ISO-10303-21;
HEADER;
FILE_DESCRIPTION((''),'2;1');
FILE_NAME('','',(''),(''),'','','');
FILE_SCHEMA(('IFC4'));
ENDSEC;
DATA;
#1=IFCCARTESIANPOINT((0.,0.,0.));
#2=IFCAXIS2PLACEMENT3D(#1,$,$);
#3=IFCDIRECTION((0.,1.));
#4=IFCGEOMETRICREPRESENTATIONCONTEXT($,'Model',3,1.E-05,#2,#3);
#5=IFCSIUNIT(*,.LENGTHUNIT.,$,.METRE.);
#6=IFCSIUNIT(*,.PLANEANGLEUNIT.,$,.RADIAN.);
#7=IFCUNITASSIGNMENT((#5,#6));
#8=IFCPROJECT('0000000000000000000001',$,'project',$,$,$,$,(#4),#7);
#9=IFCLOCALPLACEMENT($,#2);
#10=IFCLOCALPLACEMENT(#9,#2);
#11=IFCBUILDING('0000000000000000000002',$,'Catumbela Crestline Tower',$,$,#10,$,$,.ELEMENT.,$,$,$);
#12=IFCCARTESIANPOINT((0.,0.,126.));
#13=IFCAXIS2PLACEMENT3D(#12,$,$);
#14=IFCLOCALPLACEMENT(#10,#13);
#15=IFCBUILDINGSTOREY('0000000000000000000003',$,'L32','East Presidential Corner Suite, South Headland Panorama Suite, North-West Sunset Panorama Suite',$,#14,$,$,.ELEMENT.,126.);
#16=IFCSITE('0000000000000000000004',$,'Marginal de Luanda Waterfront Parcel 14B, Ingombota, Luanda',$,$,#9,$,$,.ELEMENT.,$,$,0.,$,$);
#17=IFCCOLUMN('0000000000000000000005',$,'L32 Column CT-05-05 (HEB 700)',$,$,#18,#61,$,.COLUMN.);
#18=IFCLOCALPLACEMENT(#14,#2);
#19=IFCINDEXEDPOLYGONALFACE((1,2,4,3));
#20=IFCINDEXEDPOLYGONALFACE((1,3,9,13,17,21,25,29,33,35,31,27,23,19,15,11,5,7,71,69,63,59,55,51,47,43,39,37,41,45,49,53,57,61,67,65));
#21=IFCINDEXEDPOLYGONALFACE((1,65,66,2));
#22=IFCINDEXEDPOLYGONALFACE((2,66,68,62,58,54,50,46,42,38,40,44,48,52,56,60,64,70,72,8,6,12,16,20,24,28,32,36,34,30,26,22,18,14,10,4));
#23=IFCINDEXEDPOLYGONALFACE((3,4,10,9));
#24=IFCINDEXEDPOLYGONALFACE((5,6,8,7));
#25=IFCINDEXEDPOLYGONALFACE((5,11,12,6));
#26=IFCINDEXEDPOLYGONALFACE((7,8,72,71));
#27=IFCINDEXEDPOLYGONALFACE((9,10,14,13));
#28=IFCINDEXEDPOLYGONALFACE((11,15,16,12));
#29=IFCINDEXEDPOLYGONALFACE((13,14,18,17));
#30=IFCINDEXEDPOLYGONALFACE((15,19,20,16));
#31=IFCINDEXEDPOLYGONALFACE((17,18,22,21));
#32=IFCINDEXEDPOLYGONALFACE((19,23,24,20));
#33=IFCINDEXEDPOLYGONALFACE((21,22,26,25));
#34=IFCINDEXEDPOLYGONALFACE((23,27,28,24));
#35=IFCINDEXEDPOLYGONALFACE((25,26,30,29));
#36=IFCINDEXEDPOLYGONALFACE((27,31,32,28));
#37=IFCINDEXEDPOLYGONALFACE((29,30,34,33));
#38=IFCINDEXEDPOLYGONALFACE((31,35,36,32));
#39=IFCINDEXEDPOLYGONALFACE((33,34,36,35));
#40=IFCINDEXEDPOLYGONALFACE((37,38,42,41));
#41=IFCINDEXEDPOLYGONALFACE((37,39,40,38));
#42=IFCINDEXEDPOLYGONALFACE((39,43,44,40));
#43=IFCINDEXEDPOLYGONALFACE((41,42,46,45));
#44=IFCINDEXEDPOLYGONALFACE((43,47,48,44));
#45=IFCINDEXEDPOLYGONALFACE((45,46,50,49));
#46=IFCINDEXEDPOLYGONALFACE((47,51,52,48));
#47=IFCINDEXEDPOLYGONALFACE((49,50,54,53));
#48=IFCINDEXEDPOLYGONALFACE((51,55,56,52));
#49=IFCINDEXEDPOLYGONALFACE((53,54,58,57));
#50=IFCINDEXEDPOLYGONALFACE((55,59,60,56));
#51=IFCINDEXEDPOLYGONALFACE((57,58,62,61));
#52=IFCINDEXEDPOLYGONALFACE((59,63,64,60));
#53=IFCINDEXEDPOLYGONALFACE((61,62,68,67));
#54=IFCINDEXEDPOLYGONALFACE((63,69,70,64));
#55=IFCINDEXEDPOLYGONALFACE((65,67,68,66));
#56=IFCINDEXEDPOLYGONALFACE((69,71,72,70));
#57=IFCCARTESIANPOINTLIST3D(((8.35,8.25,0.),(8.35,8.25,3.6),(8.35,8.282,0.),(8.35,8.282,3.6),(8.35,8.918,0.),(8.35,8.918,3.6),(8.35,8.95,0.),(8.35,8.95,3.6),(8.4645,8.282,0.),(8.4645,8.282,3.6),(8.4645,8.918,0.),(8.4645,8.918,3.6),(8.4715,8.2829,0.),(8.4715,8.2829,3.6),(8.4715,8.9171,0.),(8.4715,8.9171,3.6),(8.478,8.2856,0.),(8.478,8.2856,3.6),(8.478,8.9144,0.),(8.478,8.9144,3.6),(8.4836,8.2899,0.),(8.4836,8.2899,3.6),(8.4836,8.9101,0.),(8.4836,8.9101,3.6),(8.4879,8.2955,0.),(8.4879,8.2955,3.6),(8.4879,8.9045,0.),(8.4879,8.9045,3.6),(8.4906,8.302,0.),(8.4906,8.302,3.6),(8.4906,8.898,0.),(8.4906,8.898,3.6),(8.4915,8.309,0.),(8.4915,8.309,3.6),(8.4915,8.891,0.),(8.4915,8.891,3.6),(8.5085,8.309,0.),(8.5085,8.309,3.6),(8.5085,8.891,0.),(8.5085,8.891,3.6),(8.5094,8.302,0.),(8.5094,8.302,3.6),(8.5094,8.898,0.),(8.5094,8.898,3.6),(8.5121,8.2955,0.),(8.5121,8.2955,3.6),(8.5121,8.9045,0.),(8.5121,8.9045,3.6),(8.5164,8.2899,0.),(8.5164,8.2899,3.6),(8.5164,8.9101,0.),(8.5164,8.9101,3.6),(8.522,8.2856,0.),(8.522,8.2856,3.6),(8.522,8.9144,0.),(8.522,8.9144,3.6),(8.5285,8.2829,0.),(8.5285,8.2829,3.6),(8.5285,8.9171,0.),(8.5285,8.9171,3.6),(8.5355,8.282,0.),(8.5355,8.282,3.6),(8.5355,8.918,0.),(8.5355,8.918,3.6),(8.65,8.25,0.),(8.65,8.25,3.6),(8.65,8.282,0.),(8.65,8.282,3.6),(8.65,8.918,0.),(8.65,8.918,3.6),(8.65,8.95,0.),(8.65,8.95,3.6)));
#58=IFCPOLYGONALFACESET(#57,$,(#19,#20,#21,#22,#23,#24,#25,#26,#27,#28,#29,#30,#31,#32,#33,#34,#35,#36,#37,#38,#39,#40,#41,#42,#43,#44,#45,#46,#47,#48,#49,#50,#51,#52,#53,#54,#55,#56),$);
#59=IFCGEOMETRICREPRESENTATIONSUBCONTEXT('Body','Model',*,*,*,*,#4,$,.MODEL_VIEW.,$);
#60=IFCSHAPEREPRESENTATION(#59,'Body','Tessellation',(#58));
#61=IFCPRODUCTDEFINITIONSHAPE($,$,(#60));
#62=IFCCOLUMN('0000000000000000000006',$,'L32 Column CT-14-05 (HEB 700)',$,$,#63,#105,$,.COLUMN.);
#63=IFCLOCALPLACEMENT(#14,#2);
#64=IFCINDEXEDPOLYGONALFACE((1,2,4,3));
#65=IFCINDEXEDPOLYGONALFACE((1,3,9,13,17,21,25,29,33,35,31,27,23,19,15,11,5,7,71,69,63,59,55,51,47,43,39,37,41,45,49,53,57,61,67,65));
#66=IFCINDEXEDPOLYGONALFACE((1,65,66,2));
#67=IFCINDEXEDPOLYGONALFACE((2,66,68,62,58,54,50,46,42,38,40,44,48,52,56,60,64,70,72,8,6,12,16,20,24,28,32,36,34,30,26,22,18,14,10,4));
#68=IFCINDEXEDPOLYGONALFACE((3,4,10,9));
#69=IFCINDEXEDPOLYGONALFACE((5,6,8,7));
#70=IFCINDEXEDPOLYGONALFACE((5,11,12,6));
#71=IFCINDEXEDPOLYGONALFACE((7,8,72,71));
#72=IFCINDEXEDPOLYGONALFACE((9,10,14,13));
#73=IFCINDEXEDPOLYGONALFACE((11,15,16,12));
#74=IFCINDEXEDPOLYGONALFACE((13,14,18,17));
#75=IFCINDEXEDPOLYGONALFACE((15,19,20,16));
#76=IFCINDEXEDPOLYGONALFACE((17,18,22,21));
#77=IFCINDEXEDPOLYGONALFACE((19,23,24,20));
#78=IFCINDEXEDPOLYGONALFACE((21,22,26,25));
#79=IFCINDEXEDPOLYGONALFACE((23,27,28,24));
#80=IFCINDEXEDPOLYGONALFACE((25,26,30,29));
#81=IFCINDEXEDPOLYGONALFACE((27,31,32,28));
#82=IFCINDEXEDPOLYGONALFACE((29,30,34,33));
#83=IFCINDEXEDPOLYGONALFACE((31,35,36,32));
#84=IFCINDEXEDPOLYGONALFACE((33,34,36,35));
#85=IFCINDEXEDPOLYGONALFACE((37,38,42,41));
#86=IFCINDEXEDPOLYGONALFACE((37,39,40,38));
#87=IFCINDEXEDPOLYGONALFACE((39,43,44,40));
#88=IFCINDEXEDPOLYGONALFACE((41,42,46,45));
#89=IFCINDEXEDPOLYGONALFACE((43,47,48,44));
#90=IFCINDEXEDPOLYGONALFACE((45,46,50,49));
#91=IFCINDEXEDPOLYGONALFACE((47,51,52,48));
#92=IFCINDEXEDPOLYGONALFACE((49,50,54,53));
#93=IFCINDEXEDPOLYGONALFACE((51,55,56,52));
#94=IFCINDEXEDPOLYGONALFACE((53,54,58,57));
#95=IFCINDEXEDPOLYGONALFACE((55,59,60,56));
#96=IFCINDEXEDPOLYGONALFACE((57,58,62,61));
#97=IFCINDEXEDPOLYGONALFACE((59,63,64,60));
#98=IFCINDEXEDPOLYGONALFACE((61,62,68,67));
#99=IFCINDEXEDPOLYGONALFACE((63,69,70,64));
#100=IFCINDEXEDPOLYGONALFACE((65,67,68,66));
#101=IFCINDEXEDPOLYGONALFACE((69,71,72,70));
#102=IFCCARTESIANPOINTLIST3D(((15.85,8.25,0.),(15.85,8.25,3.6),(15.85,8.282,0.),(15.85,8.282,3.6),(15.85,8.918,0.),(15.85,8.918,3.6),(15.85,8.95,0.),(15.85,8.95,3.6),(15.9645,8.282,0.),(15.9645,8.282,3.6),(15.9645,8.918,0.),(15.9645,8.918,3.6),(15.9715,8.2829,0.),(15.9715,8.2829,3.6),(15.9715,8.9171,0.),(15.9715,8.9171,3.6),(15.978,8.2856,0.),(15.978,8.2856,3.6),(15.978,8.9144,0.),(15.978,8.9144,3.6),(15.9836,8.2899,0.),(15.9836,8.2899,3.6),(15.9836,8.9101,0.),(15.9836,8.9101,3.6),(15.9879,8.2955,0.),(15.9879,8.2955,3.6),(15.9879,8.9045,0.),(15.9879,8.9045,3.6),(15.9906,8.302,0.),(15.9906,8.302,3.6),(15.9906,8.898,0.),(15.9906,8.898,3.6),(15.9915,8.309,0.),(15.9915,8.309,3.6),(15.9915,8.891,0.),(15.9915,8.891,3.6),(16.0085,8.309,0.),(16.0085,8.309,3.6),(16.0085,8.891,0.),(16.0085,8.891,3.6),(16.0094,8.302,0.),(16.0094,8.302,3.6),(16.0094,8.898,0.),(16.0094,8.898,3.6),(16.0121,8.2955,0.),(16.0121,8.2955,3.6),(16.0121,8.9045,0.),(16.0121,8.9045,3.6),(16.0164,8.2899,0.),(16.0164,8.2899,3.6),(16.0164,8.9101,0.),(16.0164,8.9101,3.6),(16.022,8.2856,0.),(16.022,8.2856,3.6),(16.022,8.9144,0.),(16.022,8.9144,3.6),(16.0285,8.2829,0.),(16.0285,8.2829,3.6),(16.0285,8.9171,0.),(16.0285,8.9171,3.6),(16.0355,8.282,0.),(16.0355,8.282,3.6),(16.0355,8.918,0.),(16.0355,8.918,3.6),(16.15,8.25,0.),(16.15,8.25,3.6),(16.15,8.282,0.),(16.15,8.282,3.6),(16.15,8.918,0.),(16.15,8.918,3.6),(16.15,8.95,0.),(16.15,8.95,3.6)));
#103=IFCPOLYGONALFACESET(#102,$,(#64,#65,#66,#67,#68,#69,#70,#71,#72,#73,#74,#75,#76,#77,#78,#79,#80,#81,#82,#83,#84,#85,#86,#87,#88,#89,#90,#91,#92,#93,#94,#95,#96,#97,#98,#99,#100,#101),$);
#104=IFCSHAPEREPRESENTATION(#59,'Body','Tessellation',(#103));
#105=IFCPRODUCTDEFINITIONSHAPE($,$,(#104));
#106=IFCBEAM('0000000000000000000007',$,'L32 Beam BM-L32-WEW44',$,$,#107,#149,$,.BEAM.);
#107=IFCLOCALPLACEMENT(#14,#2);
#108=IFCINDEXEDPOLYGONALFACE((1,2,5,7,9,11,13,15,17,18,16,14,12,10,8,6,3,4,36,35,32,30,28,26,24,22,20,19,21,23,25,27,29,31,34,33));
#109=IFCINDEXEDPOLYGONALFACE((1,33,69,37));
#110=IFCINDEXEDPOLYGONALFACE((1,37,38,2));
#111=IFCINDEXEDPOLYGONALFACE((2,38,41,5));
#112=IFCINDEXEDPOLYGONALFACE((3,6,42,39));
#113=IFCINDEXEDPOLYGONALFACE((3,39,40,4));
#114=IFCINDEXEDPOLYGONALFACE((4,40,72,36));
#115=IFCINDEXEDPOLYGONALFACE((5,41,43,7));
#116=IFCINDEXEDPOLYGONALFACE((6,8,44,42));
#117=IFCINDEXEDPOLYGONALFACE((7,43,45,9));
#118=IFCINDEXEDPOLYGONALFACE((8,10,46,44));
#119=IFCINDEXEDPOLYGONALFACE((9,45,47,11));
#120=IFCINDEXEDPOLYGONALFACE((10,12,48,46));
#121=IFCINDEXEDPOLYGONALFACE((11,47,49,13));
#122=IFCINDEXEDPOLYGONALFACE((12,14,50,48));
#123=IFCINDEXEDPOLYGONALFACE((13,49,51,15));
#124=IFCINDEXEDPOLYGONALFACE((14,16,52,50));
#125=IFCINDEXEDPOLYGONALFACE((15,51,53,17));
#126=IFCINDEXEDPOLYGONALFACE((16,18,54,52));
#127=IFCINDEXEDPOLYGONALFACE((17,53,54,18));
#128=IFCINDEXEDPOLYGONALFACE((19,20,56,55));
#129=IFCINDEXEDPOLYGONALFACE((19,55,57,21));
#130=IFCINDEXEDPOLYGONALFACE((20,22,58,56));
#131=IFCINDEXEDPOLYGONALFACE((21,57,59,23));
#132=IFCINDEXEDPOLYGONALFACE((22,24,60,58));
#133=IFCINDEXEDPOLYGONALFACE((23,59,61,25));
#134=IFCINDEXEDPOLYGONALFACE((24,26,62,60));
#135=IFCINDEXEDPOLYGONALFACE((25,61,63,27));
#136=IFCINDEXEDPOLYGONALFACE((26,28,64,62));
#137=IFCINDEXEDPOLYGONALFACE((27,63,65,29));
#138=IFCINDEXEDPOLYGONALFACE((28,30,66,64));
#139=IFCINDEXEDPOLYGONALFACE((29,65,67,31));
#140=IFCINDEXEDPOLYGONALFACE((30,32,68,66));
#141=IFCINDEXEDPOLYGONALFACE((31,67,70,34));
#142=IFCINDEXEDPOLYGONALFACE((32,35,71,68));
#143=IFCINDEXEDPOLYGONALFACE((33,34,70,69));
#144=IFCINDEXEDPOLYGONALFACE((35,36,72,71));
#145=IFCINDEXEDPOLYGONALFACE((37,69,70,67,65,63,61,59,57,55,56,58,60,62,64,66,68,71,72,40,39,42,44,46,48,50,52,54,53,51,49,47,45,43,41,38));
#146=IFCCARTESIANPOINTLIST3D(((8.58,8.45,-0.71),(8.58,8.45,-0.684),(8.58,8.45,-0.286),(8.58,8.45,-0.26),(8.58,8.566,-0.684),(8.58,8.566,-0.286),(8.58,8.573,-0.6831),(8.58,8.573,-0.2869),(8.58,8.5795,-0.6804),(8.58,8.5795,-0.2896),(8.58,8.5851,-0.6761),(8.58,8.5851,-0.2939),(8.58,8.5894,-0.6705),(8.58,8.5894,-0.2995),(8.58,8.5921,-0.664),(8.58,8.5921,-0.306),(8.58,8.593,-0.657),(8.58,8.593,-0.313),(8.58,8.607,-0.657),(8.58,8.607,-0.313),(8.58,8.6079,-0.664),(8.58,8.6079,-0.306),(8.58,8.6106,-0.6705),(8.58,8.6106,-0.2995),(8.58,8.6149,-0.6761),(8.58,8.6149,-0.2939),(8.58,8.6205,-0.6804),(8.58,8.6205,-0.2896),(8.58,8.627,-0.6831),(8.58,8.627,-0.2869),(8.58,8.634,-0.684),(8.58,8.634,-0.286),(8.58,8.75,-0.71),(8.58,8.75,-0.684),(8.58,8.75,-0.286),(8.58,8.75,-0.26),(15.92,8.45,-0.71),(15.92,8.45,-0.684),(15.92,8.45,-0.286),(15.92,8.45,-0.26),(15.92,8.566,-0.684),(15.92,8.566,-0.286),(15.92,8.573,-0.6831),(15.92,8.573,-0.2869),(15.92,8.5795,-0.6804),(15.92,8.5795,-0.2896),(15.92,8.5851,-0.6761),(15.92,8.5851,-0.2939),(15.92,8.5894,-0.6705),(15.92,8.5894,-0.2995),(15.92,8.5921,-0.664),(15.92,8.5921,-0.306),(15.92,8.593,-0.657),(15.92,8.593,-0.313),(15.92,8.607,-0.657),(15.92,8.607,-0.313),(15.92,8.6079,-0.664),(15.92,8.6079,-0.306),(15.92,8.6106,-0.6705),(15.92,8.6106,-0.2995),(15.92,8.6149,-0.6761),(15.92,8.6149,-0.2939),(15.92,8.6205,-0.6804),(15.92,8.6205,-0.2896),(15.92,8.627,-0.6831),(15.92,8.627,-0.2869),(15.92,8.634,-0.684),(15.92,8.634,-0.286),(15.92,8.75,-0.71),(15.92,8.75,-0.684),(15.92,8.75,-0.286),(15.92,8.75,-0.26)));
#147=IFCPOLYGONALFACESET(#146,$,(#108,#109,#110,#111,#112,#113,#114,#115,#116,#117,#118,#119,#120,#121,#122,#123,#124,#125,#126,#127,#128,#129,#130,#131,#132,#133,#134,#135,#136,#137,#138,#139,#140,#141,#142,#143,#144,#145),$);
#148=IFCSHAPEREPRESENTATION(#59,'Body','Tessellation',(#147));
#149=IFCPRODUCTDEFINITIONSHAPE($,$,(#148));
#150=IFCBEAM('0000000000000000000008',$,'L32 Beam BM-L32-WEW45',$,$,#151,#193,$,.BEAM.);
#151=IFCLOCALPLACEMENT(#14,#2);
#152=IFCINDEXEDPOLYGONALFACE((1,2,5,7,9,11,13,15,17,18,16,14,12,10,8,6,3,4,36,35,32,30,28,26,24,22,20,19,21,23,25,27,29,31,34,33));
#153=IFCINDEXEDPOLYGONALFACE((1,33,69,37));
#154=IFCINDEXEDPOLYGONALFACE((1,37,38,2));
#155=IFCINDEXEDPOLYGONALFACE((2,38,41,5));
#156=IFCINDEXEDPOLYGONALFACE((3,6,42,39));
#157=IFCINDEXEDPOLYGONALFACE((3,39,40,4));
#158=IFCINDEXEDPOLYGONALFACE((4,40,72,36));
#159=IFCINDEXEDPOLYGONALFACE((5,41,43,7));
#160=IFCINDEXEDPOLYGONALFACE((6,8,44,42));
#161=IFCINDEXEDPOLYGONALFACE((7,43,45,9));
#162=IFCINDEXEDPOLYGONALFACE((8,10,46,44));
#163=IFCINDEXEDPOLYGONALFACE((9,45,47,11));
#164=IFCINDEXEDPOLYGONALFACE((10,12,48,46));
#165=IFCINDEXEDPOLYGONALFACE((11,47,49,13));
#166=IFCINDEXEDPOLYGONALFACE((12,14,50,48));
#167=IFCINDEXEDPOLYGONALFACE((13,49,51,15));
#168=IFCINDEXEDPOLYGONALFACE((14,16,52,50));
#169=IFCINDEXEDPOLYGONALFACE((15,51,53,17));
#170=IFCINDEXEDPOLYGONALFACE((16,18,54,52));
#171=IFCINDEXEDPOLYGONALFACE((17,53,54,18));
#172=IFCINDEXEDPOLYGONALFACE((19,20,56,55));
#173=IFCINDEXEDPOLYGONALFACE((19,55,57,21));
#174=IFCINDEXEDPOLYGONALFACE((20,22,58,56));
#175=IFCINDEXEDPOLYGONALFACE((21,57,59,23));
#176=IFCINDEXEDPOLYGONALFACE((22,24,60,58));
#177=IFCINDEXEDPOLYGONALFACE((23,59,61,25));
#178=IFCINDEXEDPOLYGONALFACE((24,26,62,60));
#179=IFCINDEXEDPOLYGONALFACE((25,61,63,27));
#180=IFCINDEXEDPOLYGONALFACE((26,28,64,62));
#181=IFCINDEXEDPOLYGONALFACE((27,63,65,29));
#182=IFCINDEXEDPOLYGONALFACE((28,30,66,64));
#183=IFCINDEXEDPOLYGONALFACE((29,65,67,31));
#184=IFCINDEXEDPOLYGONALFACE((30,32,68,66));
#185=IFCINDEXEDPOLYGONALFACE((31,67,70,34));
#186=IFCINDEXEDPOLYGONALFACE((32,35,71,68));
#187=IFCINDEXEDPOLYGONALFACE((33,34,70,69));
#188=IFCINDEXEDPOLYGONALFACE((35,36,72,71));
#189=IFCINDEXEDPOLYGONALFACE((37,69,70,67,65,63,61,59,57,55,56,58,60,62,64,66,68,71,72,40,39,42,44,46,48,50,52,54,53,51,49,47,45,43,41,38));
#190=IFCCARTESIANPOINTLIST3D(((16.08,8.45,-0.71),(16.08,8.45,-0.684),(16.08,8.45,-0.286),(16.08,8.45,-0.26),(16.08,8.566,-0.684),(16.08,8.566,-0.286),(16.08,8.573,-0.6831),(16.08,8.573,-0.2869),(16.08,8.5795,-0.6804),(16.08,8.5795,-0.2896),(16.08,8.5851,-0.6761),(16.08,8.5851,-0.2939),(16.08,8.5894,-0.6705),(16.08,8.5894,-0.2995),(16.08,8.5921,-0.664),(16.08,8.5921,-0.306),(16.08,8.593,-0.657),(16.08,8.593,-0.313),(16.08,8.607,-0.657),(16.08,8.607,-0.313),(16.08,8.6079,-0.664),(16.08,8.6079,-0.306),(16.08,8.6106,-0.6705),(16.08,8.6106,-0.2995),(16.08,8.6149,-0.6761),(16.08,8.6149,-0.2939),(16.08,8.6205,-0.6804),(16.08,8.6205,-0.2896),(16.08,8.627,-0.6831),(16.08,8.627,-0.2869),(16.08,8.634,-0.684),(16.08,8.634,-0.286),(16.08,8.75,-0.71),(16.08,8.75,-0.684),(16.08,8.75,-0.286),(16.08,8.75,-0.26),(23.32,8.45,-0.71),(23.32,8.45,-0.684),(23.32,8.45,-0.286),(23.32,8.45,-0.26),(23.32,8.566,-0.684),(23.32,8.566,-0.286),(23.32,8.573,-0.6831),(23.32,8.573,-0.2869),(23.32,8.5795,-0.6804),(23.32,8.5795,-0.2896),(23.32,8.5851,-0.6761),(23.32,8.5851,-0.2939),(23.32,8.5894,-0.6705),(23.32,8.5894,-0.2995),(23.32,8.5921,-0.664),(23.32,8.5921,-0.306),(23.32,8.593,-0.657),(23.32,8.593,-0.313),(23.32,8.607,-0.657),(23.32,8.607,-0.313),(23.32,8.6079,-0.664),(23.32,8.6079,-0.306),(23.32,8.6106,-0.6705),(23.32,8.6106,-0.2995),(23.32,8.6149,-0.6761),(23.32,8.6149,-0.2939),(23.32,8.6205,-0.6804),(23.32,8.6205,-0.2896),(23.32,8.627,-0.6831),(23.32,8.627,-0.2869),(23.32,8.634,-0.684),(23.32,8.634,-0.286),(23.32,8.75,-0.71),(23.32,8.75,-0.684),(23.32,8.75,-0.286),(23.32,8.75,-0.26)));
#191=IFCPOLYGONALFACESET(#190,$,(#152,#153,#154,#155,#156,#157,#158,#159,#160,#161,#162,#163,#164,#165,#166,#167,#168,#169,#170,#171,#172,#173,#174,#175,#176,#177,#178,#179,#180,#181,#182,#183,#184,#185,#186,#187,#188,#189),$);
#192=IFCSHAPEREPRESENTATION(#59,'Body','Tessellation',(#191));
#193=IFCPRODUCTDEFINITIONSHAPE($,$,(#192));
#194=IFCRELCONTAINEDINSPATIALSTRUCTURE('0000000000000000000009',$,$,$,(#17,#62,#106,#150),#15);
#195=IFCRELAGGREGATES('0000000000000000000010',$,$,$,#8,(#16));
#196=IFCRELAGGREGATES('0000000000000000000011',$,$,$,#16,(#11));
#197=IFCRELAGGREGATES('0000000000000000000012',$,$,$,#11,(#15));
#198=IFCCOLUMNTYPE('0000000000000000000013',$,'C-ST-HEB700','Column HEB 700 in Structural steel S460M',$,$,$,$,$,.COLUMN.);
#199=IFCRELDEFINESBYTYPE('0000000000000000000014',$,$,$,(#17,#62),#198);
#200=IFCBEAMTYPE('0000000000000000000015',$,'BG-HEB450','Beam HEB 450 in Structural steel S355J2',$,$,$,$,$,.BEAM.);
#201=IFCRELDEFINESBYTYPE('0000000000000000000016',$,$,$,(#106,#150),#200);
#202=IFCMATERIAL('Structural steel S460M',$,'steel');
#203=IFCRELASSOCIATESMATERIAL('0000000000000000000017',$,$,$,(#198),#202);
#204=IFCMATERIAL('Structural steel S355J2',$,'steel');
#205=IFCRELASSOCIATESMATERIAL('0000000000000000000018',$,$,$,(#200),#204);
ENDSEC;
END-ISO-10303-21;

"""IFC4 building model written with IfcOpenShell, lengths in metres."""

from ifc_helpers import new_model, si_unit, direction, frame, origin, origin_2d, place, context, subcontext, project, spatial, i_section, extrude, material, material_profile, profile_set, type_object, element, save


model = new_model("IFC4")

# Units and contexts
model_context = context("Model", 3, precision=1e-05, world=origin(), true_north=direction((0.0, 1.0)))
body_context = subcontext(model_context, "Body", "Model", "MODEL_VIEW")
ifc_project = project(units=[si_unit("LENGTHUNIT", "METRE"), si_unit("PLANEANGLEUNIT", "RADIAN")], contexts=[model_context])

# Site, building, storey
site_placement = place(None, origin())
site = spatial("IfcSite", under=ifc_project, at=site_placement, Name="Marginal de Luanda Waterfront Parcel 14B, Ingombota, Luanda", CompositionType="ELEMENT", RefElevation=0.0)
building_placement = place(site_placement, origin())
building = spatial("IfcBuilding", under=site, at=building_placement, Name="Catumbela Crestline Tower", CompositionType="ELEMENT")
storey_placement = place(building_placement, frame((0.0, 0.0, 126.0)))
storey = spatial("IfcBuildingStorey", under=building, at=storey_placement, Name="L32", Description="East Presidential Corner Suite, South Headland Panorama Suite, North-West Sunset Panorama Suite", CompositionType="ELEMENT", Elevation=126.0)

# Columns
ifc_material_1 = material(Name="Structural steel S460M", Category="steel")
ifc_material_profile_1 = material_profile(ifc_material_1, i_section(OverallWidth=0.3, OverallDepth=0.7, WebThickness=0.017, FlangeThickness=0.032, FilletRadius=0.027, at=origin_2d()), Name="HEB 700")
ifc_profile_set_1 = profile_set([ifc_material_profile_1], Name="Structural steel S460M")
column_type = type_object("IfcColumnType", Name="C-ST-HEB700", Description="Column HEB 700 in Structural steel S460M", PredefinedType="COLUMN", material=ifc_profile_set_1)
for number, where, z_axis, x_axis, name in (
    (1, (8.5, 8.6, 0.0), (0.0, 0.0, 1.0), (1.0, 0.0, 0.0), "L32 Column CT-05-05 (HEB 700)"),
    (2, (16.0, 8.6, 0.0), (0.0, 0.0, 1.0), (1.0, 0.0, 0.0), "L32 Column CT-14-05 (HEB 700)"),
):
    element("IfcColumn", number, at=place(storey_placement, frame(where, z_axis=z_axis, x_axis=x_axis)), inside=storey, type_object=column_type, Name=name, PredefinedType="COLUMN", context=body_context, shape_type="SweptSolid", body=[
        extrude(i_section(OverallWidth=0.3, OverallDepth=0.7, WebThickness=0.017, FlangeThickness=0.032, FilletRadius=0.027, at=origin_2d()), origin(), (0.0, 0.0, 1.0), 3.6),
    ])

# Beams
ifc_material_2 = material(Name="Structural steel S355J2", Category="steel")
ifc_material_profile_2 = material_profile(ifc_material_2, i_section(OverallWidth=0.3, OverallDepth=0.45, WebThickness=0.014, FlangeThickness=0.026, FilletRadius=0.027, at=origin_2d()), Name="HEB 450")
ifc_profile_set_2 = profile_set([ifc_material_profile_2], Name="Structural steel S355J2")
beam_type = type_object("IfcBeamType", Name="BG-HEB450", Description="Beam HEB 450 in Structural steel S355J2", PredefinedType="BEAM", material=ifc_profile_set_2)
beam_1_placement = place(storey_placement, frame((8.58, 8.6, -0.485), z_axis=(1.0, 0.0, 0.0), x_axis=(0.0, 1.0, 0.0)))
element("IfcBeam", 3, at=beam_1_placement, inside=storey, type_object=beam_type, Name="L32 Beam BM-L32-WEW44", PredefinedType="BEAM", context=body_context, shape_type="SweptSolid", body=[
    extrude(i_section(OverallWidth=0.3, OverallDepth=0.45, WebThickness=0.014, FlangeThickness=0.026, FilletRadius=0.027, at=origin_2d()), origin(), (0.0, 0.0, 1.0), 7.34),
])
beam_2_placement = place(storey_placement, frame((16.08, 8.6, -0.485), z_axis=(1.0, 0.0, 0.0), x_axis=(0.0, 1.0, 0.0)))
element("IfcBeam", 4, at=beam_2_placement, inside=storey, type_object=beam_type, Name="L32 Beam BM-L32-WEW45", PredefinedType="BEAM", context=body_context, shape_type="SweptSolid", body=[
    extrude(i_section(OverallWidth=0.3, OverallDepth=0.45, WebThickness=0.014, FlangeThickness=0.026, FilletRadius=0.027, at=origin_2d()), origin(), (0.0, 0.0, 1.0), 7.24),
])

save(model, "model.ifc")
